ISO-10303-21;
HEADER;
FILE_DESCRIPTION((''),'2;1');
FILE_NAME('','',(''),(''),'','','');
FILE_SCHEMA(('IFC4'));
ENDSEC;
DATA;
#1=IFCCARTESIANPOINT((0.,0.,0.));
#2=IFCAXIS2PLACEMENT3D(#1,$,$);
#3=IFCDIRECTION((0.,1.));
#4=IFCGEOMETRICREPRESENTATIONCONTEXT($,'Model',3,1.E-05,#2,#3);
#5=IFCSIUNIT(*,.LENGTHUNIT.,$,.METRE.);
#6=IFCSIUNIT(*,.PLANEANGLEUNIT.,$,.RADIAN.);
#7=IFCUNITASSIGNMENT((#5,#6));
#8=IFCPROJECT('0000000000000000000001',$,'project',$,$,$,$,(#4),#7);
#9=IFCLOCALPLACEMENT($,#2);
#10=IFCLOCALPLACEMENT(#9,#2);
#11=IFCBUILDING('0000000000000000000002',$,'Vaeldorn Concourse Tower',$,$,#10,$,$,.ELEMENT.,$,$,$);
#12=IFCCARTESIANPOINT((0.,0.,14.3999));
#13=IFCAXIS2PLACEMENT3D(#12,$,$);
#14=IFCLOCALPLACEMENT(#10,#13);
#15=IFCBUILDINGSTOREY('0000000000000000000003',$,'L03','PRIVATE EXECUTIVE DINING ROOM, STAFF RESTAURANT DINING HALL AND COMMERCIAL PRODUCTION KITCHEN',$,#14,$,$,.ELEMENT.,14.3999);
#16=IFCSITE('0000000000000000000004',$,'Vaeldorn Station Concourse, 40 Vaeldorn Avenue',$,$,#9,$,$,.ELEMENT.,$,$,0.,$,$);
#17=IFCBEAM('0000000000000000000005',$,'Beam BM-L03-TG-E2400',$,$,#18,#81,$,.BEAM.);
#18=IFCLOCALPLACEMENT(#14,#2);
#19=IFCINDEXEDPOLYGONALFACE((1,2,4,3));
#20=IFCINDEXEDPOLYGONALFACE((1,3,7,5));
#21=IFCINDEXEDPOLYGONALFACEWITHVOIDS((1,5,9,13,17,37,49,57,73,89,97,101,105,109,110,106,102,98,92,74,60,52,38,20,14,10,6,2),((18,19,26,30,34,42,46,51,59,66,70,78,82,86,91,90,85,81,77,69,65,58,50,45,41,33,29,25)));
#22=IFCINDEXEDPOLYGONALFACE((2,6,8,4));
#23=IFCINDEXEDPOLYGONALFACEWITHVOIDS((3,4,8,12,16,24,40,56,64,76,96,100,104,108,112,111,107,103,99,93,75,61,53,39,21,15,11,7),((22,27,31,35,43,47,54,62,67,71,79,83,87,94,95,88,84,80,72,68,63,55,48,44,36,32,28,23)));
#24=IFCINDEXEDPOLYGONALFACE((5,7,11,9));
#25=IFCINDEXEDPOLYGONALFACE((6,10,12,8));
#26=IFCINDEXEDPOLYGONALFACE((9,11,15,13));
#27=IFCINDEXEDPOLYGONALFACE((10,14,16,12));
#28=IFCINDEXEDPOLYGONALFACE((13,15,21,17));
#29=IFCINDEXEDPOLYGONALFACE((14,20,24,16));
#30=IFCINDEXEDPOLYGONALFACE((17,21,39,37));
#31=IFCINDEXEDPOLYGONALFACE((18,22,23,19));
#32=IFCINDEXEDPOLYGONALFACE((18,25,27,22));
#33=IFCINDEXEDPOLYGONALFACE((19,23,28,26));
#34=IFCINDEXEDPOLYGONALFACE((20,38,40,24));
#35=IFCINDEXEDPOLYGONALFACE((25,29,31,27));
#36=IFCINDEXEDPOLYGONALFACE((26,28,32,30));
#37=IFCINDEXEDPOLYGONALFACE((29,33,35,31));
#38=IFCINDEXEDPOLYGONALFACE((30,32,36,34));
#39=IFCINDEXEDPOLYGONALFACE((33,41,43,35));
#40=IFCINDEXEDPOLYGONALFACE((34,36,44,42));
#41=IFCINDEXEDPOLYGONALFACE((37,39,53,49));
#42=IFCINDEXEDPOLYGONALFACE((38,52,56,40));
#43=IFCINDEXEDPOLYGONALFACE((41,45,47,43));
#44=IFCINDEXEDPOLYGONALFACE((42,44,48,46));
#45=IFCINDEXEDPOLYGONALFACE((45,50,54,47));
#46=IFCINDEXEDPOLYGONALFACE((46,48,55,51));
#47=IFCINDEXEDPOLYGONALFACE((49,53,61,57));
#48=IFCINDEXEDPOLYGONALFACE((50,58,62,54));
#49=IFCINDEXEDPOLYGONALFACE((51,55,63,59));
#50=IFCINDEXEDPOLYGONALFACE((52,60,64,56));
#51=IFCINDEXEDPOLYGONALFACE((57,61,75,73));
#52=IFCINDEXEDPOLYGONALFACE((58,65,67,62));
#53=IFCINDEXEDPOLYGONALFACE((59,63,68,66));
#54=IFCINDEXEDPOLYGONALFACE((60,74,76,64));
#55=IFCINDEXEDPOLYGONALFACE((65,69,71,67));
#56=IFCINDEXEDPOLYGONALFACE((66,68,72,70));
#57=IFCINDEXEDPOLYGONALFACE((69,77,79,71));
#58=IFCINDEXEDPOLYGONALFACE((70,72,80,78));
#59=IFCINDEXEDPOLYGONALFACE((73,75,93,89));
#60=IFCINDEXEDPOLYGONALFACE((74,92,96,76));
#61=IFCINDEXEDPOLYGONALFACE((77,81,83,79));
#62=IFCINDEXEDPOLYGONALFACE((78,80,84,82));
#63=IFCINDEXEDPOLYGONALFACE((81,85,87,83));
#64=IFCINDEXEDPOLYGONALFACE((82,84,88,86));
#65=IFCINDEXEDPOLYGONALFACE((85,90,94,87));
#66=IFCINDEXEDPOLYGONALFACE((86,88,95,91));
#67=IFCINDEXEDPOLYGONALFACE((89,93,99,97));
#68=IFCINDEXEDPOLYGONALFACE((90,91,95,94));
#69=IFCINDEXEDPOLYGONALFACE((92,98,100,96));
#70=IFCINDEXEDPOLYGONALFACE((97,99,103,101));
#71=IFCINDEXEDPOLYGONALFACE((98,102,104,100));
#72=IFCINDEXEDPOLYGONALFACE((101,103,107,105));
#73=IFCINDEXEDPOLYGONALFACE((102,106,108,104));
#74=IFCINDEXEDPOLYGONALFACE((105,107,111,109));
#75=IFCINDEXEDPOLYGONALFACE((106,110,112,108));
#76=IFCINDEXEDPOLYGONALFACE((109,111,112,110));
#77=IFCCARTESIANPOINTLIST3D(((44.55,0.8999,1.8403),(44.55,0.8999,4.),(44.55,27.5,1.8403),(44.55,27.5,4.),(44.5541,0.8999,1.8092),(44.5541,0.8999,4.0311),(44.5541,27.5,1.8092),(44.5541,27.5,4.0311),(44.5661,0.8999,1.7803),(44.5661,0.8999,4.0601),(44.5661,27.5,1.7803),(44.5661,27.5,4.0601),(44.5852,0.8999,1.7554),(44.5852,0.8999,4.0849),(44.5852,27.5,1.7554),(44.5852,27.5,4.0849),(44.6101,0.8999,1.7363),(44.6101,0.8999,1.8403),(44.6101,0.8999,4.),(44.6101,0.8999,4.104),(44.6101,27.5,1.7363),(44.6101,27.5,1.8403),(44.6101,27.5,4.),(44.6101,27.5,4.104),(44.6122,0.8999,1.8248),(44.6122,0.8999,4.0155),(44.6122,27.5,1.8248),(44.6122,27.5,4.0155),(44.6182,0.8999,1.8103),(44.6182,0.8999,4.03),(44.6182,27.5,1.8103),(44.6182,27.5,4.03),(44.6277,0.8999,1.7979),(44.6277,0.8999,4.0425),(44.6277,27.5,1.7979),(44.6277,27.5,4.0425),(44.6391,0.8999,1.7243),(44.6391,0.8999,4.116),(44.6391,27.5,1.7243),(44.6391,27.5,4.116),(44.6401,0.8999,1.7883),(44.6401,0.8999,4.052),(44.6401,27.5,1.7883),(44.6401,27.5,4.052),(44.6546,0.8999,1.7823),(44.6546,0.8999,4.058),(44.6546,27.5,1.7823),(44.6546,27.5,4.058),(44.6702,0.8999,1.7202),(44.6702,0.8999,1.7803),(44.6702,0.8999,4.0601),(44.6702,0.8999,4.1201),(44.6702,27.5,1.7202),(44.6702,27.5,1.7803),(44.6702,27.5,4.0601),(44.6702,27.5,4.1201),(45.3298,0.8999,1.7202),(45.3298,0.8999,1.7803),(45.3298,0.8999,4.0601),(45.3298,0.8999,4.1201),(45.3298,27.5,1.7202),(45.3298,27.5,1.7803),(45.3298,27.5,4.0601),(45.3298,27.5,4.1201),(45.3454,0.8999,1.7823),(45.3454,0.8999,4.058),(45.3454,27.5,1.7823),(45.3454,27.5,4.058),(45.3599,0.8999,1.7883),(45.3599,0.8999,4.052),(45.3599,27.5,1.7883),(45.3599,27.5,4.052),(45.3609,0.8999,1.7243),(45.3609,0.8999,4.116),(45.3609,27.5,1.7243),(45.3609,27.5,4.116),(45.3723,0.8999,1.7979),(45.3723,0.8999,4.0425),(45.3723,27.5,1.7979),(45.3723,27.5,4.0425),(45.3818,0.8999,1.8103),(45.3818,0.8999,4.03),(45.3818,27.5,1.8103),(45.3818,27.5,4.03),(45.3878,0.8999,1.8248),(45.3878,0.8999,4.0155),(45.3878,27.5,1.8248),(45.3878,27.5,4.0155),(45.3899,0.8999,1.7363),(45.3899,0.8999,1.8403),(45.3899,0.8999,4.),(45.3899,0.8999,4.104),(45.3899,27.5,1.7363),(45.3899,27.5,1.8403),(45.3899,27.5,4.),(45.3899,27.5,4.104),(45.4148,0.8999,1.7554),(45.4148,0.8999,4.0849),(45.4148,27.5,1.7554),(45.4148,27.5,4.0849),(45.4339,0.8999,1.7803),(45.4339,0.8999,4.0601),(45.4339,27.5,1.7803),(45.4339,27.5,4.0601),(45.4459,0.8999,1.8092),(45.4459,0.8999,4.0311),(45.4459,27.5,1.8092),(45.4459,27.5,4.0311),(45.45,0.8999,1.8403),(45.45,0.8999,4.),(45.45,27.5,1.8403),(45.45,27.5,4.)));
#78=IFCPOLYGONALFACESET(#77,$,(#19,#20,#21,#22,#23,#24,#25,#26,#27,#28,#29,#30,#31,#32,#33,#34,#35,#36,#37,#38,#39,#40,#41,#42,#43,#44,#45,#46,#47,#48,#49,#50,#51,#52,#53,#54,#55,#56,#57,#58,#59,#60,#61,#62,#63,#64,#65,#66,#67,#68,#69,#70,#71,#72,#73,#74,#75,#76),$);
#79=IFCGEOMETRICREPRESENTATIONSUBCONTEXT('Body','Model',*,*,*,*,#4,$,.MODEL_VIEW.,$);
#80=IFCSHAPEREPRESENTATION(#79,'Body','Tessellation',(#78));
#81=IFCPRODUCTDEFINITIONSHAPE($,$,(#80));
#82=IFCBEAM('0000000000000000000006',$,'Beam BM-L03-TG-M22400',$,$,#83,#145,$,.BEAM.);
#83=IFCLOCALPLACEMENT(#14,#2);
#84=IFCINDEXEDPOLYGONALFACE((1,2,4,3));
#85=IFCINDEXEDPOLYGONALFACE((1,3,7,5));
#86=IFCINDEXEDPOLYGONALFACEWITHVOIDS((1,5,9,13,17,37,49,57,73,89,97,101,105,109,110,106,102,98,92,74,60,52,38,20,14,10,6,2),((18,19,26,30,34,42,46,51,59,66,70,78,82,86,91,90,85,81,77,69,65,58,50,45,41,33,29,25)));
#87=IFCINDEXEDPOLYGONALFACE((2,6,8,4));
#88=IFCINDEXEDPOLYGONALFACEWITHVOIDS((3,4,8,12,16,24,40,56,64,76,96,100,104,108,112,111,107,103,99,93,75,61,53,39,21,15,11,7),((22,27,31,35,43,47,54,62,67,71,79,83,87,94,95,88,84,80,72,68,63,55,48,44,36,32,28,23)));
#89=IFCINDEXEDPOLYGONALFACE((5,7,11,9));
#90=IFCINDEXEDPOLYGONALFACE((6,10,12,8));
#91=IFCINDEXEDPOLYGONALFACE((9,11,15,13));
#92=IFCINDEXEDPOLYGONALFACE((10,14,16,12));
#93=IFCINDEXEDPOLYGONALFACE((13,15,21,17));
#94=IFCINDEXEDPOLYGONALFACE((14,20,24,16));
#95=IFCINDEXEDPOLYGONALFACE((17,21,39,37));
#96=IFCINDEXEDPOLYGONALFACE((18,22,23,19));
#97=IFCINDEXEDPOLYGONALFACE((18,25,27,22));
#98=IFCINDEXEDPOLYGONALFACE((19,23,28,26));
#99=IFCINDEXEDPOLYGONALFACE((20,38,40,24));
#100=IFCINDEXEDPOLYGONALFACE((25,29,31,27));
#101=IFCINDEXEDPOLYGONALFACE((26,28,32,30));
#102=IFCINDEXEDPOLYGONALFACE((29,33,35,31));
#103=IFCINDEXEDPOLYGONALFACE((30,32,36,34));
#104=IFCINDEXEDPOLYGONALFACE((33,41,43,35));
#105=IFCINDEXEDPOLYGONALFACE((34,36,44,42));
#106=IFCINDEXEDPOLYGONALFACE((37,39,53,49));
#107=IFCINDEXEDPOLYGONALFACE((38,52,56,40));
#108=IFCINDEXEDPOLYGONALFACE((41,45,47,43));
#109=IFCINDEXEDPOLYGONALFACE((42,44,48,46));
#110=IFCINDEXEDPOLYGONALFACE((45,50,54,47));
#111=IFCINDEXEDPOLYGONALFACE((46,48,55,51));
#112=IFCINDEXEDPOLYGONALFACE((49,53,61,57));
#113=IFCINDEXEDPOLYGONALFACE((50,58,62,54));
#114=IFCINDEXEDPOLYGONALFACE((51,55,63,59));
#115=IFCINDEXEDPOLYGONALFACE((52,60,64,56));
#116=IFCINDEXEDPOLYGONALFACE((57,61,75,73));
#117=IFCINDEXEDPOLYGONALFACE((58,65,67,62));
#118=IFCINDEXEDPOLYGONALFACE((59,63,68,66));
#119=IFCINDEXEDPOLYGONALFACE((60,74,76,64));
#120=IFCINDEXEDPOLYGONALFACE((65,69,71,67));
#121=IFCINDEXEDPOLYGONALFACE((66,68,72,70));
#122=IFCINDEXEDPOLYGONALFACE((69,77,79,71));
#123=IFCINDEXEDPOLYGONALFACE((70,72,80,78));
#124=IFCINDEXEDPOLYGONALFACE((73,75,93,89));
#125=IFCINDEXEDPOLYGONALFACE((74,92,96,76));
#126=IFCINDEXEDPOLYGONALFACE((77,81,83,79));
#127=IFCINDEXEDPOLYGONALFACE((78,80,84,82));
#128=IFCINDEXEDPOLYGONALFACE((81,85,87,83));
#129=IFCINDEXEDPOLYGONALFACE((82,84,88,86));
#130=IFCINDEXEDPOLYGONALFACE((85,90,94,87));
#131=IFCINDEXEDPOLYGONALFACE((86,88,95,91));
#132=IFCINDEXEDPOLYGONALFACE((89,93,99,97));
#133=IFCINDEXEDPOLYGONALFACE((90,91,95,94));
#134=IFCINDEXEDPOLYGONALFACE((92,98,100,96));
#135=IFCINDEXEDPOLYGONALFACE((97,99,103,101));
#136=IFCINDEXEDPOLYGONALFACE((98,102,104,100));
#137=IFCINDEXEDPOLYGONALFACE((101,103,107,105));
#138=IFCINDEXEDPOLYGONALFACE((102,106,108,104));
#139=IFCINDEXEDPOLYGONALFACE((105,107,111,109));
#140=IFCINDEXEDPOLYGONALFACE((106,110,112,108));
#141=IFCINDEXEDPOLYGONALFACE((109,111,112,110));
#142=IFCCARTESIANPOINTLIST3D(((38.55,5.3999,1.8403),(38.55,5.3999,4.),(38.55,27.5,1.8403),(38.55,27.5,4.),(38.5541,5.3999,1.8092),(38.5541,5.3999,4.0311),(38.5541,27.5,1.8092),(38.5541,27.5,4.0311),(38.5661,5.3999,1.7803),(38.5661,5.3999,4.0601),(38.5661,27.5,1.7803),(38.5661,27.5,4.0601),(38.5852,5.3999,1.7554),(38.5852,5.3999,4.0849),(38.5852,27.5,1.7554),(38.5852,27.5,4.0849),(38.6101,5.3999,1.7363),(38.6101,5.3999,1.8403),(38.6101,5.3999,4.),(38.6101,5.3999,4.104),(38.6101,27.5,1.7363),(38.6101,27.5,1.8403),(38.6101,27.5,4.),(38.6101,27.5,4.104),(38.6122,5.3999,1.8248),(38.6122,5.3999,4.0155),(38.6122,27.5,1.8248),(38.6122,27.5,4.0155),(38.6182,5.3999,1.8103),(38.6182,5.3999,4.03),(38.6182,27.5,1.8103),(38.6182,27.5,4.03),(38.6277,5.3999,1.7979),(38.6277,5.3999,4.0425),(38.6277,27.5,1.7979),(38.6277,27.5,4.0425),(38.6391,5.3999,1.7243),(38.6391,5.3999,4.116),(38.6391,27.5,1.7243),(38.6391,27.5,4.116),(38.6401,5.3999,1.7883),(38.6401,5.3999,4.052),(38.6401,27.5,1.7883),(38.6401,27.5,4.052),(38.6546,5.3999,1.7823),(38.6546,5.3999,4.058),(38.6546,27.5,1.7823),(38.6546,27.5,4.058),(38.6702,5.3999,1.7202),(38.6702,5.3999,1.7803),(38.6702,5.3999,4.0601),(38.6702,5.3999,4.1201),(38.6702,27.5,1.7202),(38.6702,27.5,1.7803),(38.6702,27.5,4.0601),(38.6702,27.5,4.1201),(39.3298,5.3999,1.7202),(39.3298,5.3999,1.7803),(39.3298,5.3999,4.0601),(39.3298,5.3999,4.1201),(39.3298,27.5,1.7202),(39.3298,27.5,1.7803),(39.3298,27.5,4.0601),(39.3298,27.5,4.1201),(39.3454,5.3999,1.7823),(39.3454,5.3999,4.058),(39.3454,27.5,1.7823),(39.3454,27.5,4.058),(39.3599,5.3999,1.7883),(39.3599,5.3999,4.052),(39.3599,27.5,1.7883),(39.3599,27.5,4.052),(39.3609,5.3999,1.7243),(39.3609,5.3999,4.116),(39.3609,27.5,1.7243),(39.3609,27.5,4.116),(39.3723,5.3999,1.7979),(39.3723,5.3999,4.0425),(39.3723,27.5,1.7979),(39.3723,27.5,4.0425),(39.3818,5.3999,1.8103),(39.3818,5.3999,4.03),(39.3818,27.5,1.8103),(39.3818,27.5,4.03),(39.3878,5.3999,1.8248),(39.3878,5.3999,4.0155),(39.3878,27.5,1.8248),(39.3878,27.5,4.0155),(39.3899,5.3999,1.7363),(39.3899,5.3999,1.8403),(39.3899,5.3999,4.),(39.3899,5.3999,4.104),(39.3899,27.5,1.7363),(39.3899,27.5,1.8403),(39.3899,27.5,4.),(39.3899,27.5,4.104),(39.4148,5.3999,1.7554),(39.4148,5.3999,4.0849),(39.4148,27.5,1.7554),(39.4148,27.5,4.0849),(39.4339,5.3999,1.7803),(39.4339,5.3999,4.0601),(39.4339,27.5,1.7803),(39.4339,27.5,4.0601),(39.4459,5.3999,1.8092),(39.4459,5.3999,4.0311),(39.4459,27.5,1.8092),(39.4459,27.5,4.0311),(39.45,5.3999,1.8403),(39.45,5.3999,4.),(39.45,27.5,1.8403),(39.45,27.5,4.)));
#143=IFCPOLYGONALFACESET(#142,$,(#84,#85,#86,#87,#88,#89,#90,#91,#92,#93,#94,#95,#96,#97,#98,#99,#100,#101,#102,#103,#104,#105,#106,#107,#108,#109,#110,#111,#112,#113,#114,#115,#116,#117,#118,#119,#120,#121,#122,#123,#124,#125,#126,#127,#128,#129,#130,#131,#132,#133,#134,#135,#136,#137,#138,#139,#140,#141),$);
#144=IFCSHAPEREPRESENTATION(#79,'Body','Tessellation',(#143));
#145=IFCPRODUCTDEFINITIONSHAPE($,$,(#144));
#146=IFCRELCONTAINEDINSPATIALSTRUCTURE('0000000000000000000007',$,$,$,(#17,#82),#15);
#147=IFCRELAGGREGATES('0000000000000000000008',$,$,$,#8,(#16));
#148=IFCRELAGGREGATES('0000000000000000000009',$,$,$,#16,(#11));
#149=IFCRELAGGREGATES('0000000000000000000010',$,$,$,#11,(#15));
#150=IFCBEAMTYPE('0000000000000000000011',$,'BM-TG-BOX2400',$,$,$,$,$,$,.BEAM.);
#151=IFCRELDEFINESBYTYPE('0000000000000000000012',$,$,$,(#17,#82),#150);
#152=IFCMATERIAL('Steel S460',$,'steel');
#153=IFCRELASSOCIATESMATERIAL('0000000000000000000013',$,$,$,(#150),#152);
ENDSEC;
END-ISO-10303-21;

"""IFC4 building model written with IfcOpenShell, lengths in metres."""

from ifc_helpers import new_model, si_unit, direction, frame, origin, origin_2d, place, context, subcontext, project, spatial, hollow_rectangle, extrude, source, transform, mapped, material, material_profile, profile_set, type_object, element, save


model = new_model("IFC4")

# Units and contexts
model_context = context("Model", 3, precision=1e-05, world=origin(), true_north=direction((0.0, 1.0)))
body_context = subcontext(model_context, "Body", "Model", "MODEL_VIEW")
ifc_project = project(units=[si_unit("LENGTHUNIT", "METRE"), si_unit("PLANEANGLEUNIT", "RADIAN")], contexts=[model_context])

# Site, building, storey
site_placement = place(None, origin())
site = spatial("IfcSite", under=ifc_project, at=site_placement, Name="Vaeldorn Station Concourse, 40 Vaeldorn Avenue", CompositionType="ELEMENT", RefElevation=0.0)
building_placement = place(site_placement, origin())
building = spatial("IfcBuilding", under=site, at=building_placement, Name="Vaeldorn Concourse Tower", CompositionType="ELEMENT")
storey_placement = place(building_placement, frame((0.0, 0.0, 14.3999)))
storey = spatial("IfcBuildingStorey", under=building, at=storey_placement, Name="L03", Description="PRIVATE EXECUTIVE DINING ROOM, STAFF RESTAURANT DINING HALL AND COMMERCIAL PRODUCTION KITCHEN", CompositionType="ELEMENT", Elevation=14.3999)

# Shared definitions
ifc_material_1 = material(Name="Steel S460", Category="steel")

# Beams
ifc_material_profile_1 = material_profile(ifc_material_1, hollow_rectangle(XDim=0.8999, YDim=2.3999, WallThickness=0.0601, InnerFilletRadius=0.0601, OuterFilletRadius=0.1201, at=origin_2d()), Name="RHS 2400x900x60")
ifc_profile_set_1 = profile_set([ifc_material_profile_1], Name="Steel S460")
beam_type_1 = type_object("IfcBeamType", Name="BM-TG-BOX2400", PredefinedType="BEAM", material=ifc_profile_set_1)
shared_shape_1 = source(origin(), body_context, "Body", "SweptSolid", [
    extrude(hollow_rectangle(XDim=0.8999, YDim=2.3999, WallThickness=0.0601, InnerFilletRadius=0.0601, OuterFilletRadius=0.1201, at=origin_2d()), origin(), (0.0, 0.0, 1.0), 26.6001),
])
beam_1_placement = place(storey_placement, frame((45.0, 0.8999, 2.9202), z_axis=(0.0, 1.0, 0.0), x_axis=(-1.0, 0.0, 0.0)))
element("IfcBeam", 1, at=beam_1_placement, inside=storey, type_object=beam_type_1, Name="Beam BM-L03-TG-E2400", PredefinedType="BEAM", context=body_context, shape_type="MappedRepresentation", body=[
    mapped(shared_shape_1, transform((0.0, 0.0, 0.0), scale=1.0)),
])
shared_shape_2 = source(origin(), body_context, "Body", "SweptSolid", [
    extrude(hollow_rectangle(XDim=0.8999, YDim=2.3999, WallThickness=0.0601, InnerFilletRadius=0.0601, OuterFilletRadius=0.1201, at=origin_2d()), origin(), (0.0, 0.0, 1.0), 22.1001),
])
beam_2_placement = place(storey_placement, frame((39.0, 5.3999, 2.9202), z_axis=(0.0, 1.0, 0.0), x_axis=(-1.0, 0.0, 0.0)))
element("IfcBeam", 2, at=beam_2_placement, inside=storey, type_object=beam_type_1, Name="Beam BM-L03-TG-M22400", PredefinedType="BEAM", context=body_context, shape_type="MappedRepresentation", body=[
    mapped(shared_shape_2, transform((0.0, 0.0, 0.0), scale=1.0)),
])

save(model, "model.ifc")
